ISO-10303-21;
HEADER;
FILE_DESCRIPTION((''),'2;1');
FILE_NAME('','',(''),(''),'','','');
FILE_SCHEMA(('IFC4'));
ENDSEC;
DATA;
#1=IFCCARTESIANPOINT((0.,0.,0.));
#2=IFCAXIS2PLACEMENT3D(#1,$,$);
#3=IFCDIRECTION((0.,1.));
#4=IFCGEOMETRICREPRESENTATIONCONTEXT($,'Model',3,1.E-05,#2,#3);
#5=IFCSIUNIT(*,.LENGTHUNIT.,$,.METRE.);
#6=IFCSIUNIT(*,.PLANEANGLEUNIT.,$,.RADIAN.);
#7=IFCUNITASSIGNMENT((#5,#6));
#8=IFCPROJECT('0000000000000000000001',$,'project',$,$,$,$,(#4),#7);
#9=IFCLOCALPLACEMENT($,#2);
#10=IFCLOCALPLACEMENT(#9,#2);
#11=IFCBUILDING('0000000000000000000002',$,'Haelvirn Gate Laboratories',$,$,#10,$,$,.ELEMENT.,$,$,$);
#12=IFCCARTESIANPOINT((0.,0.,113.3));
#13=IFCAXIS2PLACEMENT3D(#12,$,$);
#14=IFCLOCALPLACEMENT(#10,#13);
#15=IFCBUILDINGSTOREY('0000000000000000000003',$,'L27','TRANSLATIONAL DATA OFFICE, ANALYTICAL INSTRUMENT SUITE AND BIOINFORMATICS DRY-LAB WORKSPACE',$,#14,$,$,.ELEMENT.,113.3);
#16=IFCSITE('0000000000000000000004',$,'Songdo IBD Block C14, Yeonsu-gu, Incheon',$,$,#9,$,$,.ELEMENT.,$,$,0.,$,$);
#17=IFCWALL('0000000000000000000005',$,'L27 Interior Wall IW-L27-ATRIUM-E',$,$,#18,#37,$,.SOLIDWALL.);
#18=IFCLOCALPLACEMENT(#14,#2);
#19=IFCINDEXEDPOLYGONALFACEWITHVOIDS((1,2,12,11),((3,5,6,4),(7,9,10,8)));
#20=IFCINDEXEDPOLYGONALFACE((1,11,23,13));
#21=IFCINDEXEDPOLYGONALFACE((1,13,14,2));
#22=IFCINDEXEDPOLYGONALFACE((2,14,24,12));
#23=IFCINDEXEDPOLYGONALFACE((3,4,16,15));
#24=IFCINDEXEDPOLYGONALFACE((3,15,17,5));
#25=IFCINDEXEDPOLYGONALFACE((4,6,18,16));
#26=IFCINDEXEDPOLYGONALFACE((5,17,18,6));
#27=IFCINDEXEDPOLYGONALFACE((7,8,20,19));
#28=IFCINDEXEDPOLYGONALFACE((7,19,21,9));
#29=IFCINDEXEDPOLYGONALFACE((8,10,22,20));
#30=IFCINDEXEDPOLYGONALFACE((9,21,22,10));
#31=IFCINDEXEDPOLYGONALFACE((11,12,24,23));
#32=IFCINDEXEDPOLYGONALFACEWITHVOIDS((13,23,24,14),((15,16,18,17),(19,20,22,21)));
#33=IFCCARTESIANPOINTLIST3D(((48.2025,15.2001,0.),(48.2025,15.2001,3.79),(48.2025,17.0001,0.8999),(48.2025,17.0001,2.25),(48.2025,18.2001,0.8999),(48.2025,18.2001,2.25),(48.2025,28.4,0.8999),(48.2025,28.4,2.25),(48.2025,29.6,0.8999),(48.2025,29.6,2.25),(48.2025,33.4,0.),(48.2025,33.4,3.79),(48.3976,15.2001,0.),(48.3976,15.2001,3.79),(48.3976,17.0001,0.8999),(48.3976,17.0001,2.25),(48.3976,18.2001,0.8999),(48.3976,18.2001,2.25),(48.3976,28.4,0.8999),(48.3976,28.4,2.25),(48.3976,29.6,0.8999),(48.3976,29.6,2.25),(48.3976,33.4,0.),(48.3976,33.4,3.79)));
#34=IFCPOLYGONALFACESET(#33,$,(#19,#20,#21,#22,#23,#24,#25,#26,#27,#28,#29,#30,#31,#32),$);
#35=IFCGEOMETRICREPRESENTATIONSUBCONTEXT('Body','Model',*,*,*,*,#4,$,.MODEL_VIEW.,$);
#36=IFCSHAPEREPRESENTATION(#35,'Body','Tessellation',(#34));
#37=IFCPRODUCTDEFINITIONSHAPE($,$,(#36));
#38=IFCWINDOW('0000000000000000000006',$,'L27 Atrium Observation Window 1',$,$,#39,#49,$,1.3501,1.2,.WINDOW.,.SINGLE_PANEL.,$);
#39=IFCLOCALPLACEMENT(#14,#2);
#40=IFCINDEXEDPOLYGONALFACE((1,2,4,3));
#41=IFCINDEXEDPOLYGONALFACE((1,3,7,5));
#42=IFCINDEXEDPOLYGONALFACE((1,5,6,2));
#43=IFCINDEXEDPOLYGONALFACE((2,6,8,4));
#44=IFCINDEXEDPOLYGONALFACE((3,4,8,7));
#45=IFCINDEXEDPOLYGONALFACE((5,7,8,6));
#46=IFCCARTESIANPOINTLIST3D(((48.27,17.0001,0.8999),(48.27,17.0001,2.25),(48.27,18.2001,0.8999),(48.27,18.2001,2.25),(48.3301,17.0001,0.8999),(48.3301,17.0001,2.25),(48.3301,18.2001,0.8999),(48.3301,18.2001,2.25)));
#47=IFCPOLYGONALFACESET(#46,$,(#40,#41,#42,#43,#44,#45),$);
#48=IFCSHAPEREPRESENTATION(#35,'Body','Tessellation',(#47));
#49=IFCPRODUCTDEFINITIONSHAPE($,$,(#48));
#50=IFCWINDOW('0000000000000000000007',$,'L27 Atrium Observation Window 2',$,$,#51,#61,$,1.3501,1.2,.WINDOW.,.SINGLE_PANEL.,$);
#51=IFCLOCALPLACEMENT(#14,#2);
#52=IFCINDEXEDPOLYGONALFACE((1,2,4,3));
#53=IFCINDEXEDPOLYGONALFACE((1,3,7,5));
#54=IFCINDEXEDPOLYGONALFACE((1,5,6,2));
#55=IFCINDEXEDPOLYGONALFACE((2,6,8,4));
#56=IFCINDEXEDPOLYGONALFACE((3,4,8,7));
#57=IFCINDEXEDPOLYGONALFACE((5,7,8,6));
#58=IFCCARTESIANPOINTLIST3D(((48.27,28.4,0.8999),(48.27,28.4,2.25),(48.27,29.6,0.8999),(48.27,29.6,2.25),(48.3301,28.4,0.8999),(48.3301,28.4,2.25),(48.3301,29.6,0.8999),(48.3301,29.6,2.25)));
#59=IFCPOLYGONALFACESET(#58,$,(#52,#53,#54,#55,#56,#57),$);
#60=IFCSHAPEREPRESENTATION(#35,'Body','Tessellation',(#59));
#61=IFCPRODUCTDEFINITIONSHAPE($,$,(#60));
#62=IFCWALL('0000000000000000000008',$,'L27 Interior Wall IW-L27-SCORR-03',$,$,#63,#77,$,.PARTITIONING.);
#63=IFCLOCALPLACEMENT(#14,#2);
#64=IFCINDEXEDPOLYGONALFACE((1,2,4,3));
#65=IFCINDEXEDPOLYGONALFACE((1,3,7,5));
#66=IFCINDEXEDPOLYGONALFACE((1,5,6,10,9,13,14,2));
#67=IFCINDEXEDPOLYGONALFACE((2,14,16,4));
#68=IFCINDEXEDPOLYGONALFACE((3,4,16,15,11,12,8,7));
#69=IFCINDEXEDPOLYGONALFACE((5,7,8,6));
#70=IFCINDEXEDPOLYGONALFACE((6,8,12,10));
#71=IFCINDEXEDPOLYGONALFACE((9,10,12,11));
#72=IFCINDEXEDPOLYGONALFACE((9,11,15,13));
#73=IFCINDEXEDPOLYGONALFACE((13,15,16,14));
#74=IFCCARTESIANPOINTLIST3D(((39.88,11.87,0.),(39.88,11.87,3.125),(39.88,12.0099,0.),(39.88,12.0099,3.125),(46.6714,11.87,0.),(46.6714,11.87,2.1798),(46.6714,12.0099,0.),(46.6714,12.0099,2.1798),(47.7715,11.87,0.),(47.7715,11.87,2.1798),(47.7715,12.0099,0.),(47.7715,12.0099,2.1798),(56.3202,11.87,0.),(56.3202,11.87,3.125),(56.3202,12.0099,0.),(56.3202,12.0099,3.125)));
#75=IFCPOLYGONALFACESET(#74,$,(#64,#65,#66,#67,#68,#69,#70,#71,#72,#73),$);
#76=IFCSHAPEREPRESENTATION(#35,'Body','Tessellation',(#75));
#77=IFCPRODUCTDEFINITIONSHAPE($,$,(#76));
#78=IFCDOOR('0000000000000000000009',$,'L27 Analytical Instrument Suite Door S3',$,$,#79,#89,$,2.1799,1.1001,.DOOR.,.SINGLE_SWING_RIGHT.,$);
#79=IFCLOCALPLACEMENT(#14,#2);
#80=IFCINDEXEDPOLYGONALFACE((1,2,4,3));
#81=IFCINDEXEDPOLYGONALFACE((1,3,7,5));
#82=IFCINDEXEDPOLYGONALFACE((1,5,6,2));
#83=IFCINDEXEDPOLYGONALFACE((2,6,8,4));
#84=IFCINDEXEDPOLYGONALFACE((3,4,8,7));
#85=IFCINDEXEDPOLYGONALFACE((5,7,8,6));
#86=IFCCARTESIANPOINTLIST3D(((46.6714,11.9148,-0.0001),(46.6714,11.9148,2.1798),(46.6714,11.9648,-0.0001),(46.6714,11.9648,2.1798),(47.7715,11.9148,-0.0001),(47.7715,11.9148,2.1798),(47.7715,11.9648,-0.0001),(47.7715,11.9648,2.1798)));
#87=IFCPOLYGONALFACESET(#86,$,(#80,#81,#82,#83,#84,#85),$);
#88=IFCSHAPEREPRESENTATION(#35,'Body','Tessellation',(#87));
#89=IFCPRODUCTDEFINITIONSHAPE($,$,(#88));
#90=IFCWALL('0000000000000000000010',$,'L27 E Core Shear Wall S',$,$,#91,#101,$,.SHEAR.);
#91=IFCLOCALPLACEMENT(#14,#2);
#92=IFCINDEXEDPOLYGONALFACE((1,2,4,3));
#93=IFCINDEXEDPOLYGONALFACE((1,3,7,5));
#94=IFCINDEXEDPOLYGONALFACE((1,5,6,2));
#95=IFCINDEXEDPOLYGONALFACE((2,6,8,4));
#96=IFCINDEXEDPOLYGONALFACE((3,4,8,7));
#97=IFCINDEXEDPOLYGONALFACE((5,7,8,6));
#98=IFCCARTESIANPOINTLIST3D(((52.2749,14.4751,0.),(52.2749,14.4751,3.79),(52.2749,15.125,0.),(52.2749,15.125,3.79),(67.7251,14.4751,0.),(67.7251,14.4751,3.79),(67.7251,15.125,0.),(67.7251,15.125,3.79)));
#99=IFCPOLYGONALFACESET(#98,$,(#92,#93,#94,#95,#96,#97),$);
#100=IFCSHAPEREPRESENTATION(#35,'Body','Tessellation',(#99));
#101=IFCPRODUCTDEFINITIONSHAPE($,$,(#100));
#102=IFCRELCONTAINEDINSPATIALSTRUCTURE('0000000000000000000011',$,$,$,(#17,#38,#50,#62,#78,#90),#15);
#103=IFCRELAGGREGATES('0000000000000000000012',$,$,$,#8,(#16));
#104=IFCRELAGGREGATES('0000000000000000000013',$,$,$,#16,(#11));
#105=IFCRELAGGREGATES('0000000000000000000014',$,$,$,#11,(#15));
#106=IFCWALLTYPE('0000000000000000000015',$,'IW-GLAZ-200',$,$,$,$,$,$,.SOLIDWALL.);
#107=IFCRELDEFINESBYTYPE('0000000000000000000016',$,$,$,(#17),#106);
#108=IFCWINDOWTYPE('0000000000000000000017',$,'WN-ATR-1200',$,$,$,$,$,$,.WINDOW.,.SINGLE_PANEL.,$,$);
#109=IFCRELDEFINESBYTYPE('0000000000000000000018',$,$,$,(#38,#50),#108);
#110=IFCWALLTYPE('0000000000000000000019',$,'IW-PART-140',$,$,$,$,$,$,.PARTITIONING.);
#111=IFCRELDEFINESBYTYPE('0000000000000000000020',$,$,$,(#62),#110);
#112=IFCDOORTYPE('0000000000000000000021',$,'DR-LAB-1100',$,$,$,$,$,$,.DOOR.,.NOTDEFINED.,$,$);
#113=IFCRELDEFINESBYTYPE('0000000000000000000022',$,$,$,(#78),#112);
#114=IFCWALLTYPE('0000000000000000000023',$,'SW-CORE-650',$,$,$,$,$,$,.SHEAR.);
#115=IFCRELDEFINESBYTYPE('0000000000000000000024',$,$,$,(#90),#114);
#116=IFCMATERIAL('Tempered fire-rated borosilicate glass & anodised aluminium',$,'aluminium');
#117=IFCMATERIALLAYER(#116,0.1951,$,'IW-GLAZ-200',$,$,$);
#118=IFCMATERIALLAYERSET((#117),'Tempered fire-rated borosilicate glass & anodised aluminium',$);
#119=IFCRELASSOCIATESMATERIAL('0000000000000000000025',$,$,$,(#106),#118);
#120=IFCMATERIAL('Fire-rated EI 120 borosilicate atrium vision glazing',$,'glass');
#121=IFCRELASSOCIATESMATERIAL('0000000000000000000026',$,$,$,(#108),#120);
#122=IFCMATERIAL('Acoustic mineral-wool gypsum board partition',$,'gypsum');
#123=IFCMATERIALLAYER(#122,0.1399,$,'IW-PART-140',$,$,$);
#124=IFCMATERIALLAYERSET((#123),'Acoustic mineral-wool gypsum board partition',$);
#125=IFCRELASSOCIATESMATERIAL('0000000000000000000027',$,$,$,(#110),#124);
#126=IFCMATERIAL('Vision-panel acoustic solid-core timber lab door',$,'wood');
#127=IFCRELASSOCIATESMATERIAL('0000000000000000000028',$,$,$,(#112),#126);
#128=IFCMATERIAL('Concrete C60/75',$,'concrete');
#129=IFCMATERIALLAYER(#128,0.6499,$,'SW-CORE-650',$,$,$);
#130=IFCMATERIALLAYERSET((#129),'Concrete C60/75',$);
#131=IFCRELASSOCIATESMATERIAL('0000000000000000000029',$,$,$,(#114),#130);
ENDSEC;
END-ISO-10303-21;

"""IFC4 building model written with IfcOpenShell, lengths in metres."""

from ifc_helpers import new_model, si_unit, direction, frame, frame_2d, origin, place, context, subcontext, project, spatial, rectangle, extrude, source, transform, mapped, material, layer, layer_set, type_object, type_shapes, element, fill, save


model = new_model("IFC4")

# Units and contexts
model_context = context("Model", 3, precision=1e-05, world=origin(), true_north=direction((0.0, 1.0)))
body_context = subcontext(model_context, "Body", "Model", "MODEL_VIEW")
ifc_project = project(units=[si_unit("LENGTHUNIT", "METRE"), si_unit("PLANEANGLEUNIT", "RADIAN")], contexts=[model_context])

# Site, building, storey
site_placement = place(None, origin())
site = spatial("IfcSite", under=ifc_project, at=site_placement, Name="Songdo IBD Block C14, Yeonsu-gu, Incheon", CompositionType="ELEMENT", RefElevation=0.0)
building_placement = place(site_placement, origin())
building = spatial("IfcBuilding", under=site, at=building_placement, Name="Haelvirn Gate Laboratories", CompositionType="ELEMENT")
storey_placement = place(building_placement, frame((0.0, 0.0, 113.3)))
storey = spatial("IfcBuildingStorey", under=building, at=storey_placement, Name="L27", Description="TRANSLATIONAL DATA OFFICE, ANALYTICAL INSTRUMENT SUITE AND BIOINFORMATICS DRY-LAB WORKSPACE", CompositionType="ELEMENT", Elevation=113.3)

# Wall, openings, windows
ifc_material_1 = material(Name="Tempered fire-rated borosilicate glass & anodised aluminium", Category="aluminium")
ifc_layer_1 = layer(ifc_material_1, 0.1951, Name="IW-GLAZ-200")
ifc_layer_set_1 = layer_set([ifc_layer_1], Name="Tempered fire-rated borosilicate glass & anodised aluminium")
wall_type_1 = type_object("IfcWallType", Name="IW-GLAZ-200", PredefinedType="SOLIDWALL", material=ifc_layer_set_1)
wall_1_placement = place(storey_placement, frame((48.3, 15.2, 0.0), z_axis=(0.0, 0.0, 1.0), x_axis=(0.0, 1.0, 0.0)))
wall_1 = element("IfcWall", 1, at=wall_1_placement, inside=storey, type_object=wall_type_1, Name="L27 Interior Wall IW-L27-ATRIUM-E", PredefinedType="SOLIDWALL", context=body_context, shape_type="SweptSolid", body=[
    extrude(rectangle(XDim=18.2, YDim=0.1951, at=frame_2d((9.1001, 0.0))), origin(), (0.0, 0.0, 1.0), 3.79),
])
opening_1_placement = place(wall_1_placement, frame((1.8, 0.0, 0.8999)))
opening_1 = element("IfcOpeningElement", 2, at=opening_1_placement, cuts=wall_1, PredefinedType="OPENING", context=body_context, shape_type="SweptSolid", body=[
    extrude(rectangle(XDim=1.2, YDim=1.3501, at=frame_2d((0.6001, 0.675))), frame((0.0, 0.1074, 0.0), z_axis=(0.0, -1.0, 0.0), x_axis=(1.0, 0.0, 0.0)), (0.0, 0.0, 1.0), 0.2151),
])
opening_2_placement = place(wall_1_placement, frame((13.2, 0.0, 0.8999)))
opening_2 = element("IfcOpeningElement", 3, at=opening_2_placement, cuts=wall_1, PredefinedType="OPENING", context=body_context, shape_type="SweptSolid", body=[
    extrude(rectangle(XDim=1.2, YDim=1.3501, at=frame_2d((0.6001, 0.675))), frame((0.0, 0.1074, 0.0), z_axis=(0.0, -1.0, 0.0), x_axis=(1.0, 0.0, 0.0)), (0.0, 0.0, 1.0), 0.2151),
])
ifc_material_2 = material(Name="Fire-rated EI 120 borosilicate atrium vision glazing", Category="glass")
window_type = type_object("IfcWindowType", Name="WN-ATR-1200", PartitioningType="SINGLE_PANEL", PredefinedType="WINDOW", material=ifc_material_2)
shared_shape_1 = source(origin(), body_context, "Body", "SweptSolid", [
    extrude(rectangle(XDim=1.2, YDim=1.3501, at=frame_2d((0.6001, 0.675))), frame((0.0, 0.03, 0.0), z_axis=(0.0, -1.0, 0.0), x_axis=(1.0, 0.0, 0.0)), (0.0, 0.0, 1.0), 0.0601),
])
type_shapes(window_type, [shared_shape_1])
window_1_placement = place(opening_1_placement, origin())
window_1 = element("IfcWindow", 4, at=window_1_placement, inside=storey, type_object=window_type, Name="L27 Atrium Observation Window 1", OverallHeight=1.3501, OverallWidth=1.2, PartitioningType="SINGLE_PANEL", PredefinedType="WINDOW", context=body_context, shape_type="MappedRepresentation", body=[
    mapped(shared_shape_1, transform((0.0, 0.0, 0.0), scale=1.0)),
])
fill(opening_1, window_1)
window_2_placement = place(opening_2_placement, origin())
window_2 = element("IfcWindow", 5, at=window_2_placement, inside=storey, type_object=window_type, Name="L27 Atrium Observation Window 2", OverallHeight=1.3501, OverallWidth=1.2, PartitioningType="SINGLE_PANEL", PredefinedType="WINDOW", context=body_context, shape_type="MappedRepresentation", body=[
    mapped(shared_shape_1, transform((0.0, 0.0, 0.0), scale=1.0)),
])
fill(opening_2, window_2)

# Wall, opening, door
ifc_material_3 = material(Name="Acoustic mineral-wool gypsum board partition", Category="gypsum")
ifc_layer_2 = layer(ifc_material_3, 0.1399, Name="IW-PART-140")
ifc_layer_set_2 = layer_set([ifc_layer_2], Name="Acoustic mineral-wool gypsum board partition")
wall_type_2 = type_object("IfcWallType", Name="IW-PART-140", PredefinedType="PARTITIONING", material=ifc_layer_set_2)
wall_2_placement = place(storey_placement, frame((39.8799, 11.9399, 0.0), z_axis=(0.0, 0.0, 1.0), x_axis=(1.0, 0.0, 0.0)))
wall_2 = element("IfcWall", 6, at=wall_2_placement, inside=storey, type_object=wall_type_2, Name="L27 Interior Wall IW-L27-SCORR-03", PredefinedType="PARTITIONING", context=body_context, shape_type="SweptSolid", body=[
    extrude(rectangle(XDim=16.4402, YDim=0.1399, at=frame_2d((8.2202, 0.0))), origin(), (0.0, 0.0, 1.0), 3.125),
])
opening_3_placement = place(wall_2_placement, frame((6.7915, 0.0, 0.0)))
opening_3 = element("IfcOpeningElement", 7, at=opening_3_placement, cuts=wall_2, PredefinedType="OPENING", context=body_context, shape_type="SweptSolid", body=[
    extrude(rectangle(XDim=1.1001, YDim=2.1799, at=frame_2d((0.55, 1.0898))), frame((0.0, 0.0801, 0.0), z_axis=(0.0, -1.0, 0.0), x_axis=(1.0, 0.0, 0.0)), (0.0, 0.0, 1.0), 0.1599),
])
ifc_material_4 = material(Name="Vision-panel acoustic solid-core timber lab door", Category="wood")
door_type_1 = type_object("IfcDoorType", Name="DR-LAB-1100", OperationType="NOTDEFINED", PredefinedType="DOOR", material=ifc_material_4)
shared_shape_2 = source(origin(), body_context, "Body", "SweptSolid", [
    extrude(rectangle(XDim=1.1001, YDim=2.1799, at=frame_2d((0.55, 1.0898))), frame((0.0, 0.0249, 0.0), z_axis=(0.0, -1.0, 0.0), x_axis=(1.0, 0.0, 0.0)), (0.0, 0.0, 1.0), 0.05),
])
type_shapes(door_type_1, [shared_shape_2])
door_1_placement = place(opening_3_placement, origin())
door_1 = element("IfcDoor", 8, at=door_1_placement, inside=storey, type_object=door_type_1, Name="L27 Analytical Instrument Suite Door S3", OperationType="SINGLE_SWING_RIGHT", OverallHeight=2.1799, OverallWidth=1.1001, PredefinedType="DOOR", context=body_context, shape_type="MappedRepresentation", body=[
    mapped(shared_shape_2, transform((0.0, 0.0, 0.0), scale=1.0)),
])
fill(opening_3, door_1)

# Wall
ifc_material_5 = material(Name="Concrete C60/75", Category="concrete")
ifc_layer_3 = layer(ifc_material_5, 0.6499, Name="SW-CORE-650")
ifc_layer_set_3 = layer_set([ifc_layer_3], Name="Concrete C60/75")
wall_type_3 = type_object("IfcWallType", Name="SW-CORE-650", PredefinedType="SHEAR", material=ifc_layer_set_3)
wall_3_placement = place(storey_placement, frame((52.2749, 14.8, 0.0), z_axis=(0.0, 0.0, 1.0), x_axis=(1.0, 0.0, 0.0)))
element("IfcWall", 9, at=wall_3_placement, inside=storey, type_object=wall_type_3, Name="L27 E Core Shear Wall S", PredefinedType="SHEAR", context=body_context, shape_type="SweptSolid", body=[
    extrude(rectangle(XDim=15.4502, YDim=0.6499, at=frame_2d((7.7251, 0.0))), origin(), (0.0, 0.0, 1.0), 3.79),
])

save(model, "model.ifc")
